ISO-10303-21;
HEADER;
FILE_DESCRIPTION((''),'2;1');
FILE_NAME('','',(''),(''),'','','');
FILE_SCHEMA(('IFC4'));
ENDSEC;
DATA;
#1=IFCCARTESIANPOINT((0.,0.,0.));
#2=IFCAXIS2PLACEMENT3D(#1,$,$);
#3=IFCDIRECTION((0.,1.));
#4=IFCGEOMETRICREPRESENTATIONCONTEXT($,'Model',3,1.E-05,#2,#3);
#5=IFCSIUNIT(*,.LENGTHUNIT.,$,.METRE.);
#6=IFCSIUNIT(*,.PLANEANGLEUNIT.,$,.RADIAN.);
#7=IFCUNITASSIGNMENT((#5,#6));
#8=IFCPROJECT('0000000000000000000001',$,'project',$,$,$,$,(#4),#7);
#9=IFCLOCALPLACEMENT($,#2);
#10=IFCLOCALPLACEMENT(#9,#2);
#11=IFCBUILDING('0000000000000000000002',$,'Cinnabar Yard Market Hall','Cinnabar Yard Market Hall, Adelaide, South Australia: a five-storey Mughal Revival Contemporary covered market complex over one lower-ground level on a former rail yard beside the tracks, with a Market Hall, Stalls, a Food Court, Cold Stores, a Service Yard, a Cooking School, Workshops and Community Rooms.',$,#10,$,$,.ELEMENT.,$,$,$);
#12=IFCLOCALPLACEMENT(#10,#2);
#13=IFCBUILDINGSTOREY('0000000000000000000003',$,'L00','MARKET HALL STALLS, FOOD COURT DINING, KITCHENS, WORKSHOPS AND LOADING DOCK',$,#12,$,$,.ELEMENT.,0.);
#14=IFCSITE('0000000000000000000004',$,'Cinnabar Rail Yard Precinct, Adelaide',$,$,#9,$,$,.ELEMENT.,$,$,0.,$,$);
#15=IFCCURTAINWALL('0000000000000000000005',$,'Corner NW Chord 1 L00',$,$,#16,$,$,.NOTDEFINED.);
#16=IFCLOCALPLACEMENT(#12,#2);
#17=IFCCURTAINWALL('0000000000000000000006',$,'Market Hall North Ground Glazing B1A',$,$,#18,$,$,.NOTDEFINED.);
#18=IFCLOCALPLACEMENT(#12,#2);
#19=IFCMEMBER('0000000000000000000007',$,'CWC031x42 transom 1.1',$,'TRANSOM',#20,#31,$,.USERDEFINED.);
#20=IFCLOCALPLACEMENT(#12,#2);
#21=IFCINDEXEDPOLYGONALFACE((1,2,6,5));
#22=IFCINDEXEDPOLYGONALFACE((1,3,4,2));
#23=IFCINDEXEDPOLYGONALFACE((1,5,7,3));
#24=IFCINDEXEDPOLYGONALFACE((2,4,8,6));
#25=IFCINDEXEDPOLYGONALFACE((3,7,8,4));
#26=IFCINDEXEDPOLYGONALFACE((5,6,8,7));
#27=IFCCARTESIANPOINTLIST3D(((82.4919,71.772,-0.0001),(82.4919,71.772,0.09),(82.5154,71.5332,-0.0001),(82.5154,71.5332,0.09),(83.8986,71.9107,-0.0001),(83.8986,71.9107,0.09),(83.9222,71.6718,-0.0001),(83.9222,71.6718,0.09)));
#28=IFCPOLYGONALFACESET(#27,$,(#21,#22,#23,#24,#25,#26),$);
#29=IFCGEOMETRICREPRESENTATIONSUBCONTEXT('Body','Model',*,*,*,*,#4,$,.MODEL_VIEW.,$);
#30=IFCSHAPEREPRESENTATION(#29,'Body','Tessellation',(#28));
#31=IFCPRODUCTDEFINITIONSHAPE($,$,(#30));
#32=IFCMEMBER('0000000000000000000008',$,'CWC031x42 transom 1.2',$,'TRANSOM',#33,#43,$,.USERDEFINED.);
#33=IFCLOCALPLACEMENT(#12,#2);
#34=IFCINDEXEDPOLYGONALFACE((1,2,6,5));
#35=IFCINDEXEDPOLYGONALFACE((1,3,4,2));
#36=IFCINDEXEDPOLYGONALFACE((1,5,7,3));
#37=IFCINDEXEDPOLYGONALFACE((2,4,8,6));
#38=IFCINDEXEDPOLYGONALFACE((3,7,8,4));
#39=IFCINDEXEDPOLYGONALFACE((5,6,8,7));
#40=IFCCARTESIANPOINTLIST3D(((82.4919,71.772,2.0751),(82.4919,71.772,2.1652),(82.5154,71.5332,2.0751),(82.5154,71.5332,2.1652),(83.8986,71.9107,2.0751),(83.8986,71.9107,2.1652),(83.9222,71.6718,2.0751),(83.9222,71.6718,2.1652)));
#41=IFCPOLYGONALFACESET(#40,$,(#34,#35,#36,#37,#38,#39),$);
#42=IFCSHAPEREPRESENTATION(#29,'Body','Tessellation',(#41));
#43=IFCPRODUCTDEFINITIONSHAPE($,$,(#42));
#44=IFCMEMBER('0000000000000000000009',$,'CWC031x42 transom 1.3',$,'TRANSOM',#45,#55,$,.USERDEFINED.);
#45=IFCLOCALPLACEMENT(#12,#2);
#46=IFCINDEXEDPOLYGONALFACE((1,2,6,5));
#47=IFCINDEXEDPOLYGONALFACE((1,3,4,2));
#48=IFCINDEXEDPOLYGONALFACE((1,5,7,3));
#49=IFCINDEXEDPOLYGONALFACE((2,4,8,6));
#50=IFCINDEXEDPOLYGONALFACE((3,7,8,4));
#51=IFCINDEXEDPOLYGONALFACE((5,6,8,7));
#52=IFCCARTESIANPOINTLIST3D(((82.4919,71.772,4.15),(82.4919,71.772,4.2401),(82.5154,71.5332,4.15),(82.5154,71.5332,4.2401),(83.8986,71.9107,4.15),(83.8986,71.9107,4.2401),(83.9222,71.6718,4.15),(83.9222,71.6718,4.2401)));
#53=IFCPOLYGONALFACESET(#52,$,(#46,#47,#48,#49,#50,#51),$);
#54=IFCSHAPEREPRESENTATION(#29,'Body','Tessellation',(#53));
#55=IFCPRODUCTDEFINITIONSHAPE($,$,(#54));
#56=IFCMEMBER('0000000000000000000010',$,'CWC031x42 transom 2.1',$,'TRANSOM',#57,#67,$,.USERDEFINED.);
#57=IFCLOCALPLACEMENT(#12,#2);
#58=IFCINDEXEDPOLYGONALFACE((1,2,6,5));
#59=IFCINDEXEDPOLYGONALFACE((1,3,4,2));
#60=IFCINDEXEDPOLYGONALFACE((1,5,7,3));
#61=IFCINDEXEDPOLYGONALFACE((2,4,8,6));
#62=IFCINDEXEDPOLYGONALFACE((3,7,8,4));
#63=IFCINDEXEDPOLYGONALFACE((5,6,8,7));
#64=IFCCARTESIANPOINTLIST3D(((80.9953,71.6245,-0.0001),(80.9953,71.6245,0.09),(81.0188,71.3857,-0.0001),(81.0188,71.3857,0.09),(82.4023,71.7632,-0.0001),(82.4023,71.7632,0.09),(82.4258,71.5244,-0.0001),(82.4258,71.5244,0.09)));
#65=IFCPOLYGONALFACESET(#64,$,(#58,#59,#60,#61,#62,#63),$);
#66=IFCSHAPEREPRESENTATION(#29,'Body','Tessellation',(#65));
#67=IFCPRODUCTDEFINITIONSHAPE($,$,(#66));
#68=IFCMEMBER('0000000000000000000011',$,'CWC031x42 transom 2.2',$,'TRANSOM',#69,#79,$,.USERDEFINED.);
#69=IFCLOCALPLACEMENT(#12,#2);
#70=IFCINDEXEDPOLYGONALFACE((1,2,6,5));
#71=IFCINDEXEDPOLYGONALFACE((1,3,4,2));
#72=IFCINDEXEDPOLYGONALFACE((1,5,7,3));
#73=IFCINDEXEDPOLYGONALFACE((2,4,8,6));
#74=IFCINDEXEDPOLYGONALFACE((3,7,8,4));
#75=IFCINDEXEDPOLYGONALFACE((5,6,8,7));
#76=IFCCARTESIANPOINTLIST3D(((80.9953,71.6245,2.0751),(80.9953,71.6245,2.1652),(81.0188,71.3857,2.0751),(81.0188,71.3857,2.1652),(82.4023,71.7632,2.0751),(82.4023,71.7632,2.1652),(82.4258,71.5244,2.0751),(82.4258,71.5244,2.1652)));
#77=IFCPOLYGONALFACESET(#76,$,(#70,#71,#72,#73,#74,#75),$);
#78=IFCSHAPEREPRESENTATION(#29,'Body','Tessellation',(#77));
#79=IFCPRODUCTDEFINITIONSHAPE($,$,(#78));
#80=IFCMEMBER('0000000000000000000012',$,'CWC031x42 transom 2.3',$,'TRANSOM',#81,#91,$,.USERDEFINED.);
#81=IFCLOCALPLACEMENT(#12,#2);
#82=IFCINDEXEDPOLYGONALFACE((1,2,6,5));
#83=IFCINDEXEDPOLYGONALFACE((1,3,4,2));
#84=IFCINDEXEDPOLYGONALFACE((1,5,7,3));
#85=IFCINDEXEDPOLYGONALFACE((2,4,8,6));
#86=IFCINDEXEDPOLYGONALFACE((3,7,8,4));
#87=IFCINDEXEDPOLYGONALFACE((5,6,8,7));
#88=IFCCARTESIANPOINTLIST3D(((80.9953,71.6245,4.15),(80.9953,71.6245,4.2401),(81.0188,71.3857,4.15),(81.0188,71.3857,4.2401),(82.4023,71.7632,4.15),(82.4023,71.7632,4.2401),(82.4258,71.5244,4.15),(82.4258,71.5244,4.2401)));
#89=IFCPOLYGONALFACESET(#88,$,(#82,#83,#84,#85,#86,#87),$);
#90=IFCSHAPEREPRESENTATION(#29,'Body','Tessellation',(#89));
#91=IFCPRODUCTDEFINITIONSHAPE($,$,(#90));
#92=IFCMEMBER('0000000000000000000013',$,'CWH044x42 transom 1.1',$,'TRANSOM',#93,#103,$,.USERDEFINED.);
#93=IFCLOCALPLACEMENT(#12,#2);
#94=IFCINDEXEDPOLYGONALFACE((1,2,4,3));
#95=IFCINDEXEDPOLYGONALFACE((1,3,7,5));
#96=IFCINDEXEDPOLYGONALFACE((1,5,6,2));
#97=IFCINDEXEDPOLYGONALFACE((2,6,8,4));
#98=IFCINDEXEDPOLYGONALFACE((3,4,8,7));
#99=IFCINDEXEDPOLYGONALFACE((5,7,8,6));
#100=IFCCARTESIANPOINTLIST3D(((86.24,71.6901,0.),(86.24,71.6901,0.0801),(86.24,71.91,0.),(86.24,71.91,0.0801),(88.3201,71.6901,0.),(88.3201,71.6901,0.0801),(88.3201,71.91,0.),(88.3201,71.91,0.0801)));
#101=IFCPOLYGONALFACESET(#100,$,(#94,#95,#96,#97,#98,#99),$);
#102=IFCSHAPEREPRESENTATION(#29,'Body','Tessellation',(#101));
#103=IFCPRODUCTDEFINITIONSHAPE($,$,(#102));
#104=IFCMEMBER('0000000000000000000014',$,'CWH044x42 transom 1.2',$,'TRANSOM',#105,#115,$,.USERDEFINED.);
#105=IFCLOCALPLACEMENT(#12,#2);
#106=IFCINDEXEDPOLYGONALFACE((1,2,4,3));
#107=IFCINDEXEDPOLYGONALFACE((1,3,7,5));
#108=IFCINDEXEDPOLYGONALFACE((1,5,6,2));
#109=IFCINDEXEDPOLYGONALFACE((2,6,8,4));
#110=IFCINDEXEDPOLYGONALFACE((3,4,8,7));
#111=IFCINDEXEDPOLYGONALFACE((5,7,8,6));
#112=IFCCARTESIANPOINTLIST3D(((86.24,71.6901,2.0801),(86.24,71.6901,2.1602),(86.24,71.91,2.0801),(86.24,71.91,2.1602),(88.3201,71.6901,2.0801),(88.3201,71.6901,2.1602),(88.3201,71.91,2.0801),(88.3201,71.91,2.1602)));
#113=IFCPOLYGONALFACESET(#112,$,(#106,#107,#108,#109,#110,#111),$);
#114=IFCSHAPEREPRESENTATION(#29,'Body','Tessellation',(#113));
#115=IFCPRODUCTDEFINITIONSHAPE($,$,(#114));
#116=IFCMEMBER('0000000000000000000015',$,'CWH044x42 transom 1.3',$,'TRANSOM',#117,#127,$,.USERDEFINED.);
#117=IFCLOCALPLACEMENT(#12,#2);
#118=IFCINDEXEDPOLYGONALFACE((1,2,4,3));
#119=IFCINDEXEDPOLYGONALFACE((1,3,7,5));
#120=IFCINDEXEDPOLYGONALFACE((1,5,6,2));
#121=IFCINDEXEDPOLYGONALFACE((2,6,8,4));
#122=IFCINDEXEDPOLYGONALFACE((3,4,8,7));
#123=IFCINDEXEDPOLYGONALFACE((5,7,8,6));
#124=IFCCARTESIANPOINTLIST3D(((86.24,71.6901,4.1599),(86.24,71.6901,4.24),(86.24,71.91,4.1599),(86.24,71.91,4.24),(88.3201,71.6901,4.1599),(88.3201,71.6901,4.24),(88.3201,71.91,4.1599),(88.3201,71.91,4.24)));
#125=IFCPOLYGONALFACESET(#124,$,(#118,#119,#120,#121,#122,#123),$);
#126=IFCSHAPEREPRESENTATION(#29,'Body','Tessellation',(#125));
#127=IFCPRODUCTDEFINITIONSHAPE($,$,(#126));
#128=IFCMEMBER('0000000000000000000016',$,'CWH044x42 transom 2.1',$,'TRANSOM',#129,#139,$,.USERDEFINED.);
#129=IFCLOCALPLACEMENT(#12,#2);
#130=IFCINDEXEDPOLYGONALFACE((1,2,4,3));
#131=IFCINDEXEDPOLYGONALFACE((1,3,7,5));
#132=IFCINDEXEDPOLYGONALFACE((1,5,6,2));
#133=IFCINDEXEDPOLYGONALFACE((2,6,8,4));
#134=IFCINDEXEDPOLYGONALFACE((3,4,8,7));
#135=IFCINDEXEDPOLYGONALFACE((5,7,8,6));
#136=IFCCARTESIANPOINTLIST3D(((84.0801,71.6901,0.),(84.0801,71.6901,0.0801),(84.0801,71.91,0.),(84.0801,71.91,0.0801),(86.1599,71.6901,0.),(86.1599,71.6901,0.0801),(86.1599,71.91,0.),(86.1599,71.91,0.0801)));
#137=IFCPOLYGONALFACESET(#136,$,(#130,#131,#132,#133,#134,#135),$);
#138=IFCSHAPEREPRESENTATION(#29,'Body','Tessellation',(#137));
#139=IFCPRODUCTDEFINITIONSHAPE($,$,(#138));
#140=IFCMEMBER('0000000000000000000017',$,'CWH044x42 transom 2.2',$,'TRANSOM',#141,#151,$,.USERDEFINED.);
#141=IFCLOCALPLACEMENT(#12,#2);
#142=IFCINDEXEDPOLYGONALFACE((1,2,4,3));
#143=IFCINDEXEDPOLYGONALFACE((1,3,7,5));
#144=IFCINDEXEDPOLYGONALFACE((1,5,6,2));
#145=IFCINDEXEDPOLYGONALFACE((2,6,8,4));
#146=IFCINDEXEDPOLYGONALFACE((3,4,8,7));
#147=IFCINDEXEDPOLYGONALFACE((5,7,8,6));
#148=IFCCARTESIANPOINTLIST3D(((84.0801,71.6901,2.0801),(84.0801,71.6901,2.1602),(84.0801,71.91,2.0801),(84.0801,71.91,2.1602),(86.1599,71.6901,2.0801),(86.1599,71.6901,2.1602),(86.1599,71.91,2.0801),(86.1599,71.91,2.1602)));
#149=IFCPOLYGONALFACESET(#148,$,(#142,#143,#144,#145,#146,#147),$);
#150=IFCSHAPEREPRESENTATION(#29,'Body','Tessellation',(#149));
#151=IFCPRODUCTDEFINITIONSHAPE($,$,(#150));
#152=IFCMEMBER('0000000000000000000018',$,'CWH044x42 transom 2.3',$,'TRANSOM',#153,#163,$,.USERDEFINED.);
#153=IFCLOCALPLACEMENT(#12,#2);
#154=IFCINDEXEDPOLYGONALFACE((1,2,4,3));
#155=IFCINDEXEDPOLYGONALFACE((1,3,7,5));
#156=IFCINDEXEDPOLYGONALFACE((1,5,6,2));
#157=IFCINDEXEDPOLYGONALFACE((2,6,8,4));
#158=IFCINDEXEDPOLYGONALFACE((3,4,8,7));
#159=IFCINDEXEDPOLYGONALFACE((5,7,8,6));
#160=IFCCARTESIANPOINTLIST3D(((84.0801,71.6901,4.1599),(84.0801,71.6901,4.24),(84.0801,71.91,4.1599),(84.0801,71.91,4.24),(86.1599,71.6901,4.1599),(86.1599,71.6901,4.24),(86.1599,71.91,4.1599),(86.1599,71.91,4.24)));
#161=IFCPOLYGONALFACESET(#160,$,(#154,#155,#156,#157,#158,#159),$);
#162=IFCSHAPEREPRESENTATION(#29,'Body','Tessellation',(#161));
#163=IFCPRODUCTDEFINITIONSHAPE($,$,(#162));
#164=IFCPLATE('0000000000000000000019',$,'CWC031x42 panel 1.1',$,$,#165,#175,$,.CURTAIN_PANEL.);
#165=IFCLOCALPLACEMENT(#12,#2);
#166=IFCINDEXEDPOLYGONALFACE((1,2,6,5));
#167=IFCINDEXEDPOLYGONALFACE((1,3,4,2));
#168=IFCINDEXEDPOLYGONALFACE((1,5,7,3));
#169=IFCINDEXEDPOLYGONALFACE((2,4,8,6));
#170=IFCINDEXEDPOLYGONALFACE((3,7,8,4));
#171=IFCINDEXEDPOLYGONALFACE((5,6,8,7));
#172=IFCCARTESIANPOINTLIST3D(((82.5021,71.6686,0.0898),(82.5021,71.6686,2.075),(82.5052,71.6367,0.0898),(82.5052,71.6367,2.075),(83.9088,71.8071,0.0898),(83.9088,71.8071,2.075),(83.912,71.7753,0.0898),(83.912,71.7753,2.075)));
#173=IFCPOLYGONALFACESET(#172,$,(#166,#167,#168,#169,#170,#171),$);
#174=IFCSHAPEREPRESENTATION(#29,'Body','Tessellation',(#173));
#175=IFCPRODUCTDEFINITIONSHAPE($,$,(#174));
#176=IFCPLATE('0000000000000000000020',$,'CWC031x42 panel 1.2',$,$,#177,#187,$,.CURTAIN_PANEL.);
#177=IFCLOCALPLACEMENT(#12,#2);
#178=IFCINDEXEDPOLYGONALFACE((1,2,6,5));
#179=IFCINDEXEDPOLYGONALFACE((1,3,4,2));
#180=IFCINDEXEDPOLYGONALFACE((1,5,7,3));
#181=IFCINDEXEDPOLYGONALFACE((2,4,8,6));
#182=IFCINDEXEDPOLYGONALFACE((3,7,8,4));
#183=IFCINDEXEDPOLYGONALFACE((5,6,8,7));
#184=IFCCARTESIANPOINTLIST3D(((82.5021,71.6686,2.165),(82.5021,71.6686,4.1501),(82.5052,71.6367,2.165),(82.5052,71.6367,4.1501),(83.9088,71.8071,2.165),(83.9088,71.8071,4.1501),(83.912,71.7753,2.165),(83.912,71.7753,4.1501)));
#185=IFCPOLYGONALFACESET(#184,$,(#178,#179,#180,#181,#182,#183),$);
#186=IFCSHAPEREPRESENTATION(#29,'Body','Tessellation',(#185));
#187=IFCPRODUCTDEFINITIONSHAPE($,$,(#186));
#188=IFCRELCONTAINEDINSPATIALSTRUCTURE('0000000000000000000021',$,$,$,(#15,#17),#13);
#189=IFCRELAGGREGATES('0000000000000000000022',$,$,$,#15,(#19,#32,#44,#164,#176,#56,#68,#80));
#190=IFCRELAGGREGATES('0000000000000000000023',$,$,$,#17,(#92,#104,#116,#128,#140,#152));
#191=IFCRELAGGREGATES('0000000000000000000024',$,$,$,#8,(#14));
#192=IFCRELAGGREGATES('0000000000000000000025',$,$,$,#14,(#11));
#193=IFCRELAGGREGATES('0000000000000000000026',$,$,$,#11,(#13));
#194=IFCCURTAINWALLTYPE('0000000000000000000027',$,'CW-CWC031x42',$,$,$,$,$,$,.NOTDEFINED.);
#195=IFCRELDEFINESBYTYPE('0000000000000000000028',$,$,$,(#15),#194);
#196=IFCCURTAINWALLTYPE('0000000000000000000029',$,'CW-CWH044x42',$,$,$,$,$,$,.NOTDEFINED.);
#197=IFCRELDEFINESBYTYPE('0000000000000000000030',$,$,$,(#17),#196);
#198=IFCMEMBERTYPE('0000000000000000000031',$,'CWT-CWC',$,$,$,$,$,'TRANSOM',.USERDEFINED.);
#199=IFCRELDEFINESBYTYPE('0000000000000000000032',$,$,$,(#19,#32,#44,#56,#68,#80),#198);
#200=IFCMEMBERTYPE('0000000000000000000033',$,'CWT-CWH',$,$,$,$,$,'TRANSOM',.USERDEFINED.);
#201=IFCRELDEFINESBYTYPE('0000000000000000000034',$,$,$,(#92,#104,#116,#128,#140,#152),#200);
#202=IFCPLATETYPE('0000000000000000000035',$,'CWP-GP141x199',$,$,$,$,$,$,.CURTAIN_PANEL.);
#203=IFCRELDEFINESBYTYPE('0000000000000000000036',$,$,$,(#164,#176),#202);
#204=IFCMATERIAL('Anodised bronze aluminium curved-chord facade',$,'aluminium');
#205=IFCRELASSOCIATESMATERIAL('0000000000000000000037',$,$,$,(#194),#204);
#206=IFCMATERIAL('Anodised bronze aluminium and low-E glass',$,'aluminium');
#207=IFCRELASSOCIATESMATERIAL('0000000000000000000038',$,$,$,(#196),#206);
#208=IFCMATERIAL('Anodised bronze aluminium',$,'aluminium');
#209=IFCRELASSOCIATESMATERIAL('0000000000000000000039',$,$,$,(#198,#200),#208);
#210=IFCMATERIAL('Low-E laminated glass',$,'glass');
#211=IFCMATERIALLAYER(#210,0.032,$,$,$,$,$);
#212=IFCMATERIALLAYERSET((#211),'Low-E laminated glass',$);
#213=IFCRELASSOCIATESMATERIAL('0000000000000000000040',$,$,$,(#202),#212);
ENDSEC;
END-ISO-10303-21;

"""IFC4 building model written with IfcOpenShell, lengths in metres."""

from ifc_helpers import new_model, si_unit, direction, frame, origin, origin_2d_with_axis, place, context, subcontext, project, spatial, rectangle, extrude, material, layer, layer_set, material_profile, profile_set, type_object, element, aggregate, save


model = new_model("IFC4")

# Units and contexts
model_context = context("Model", 3, precision=1e-05, world=origin(), true_north=direction((0.0, 1.0)))
body_context = subcontext(model_context, "Body", "Model", "MODEL_VIEW")
ifc_project = project(units=[si_unit("LENGTHUNIT", "METRE"), si_unit("PLANEANGLEUNIT", "RADIAN")], contexts=[model_context])

# Site, building, storey
site_placement = place(None, origin())
site = spatial("IfcSite", under=ifc_project, at=site_placement, Name="Cinnabar Rail Yard Precinct, Adelaide", CompositionType="ELEMENT", RefElevation=0.0)
building_placement = place(site_placement, origin())
building = spatial("IfcBuilding", under=site, at=building_placement, Name="Cinnabar Yard Market Hall", Description="Cinnabar Yard Market Hall, Adelaide, South Australia: a five-storey Mughal Revival Contemporary covered market complex over one lower-ground level on a former rail yard beside the tracks, with a Market Hall, Stalls, a Food Court, Cold Stores, a Service Yard, a Cooking School, Workshops and Community Rooms.", CompositionType="ELEMENT")
storey_placement = place(building_placement, origin())
storey = spatial("IfcBuildingStorey", under=building, at=storey_placement, Name="L00", Description="MARKET HALL STALLS, FOOD COURT DINING, KITCHENS, WORKSHOPS AND LOADING DOCK", CompositionType="ELEMENT", Elevation=0.0)

# Curtain walls
ifc_material_1 = material(Name="Anodised bronze aluminium curved-chord facade", Category="aluminium")
curtain_wall_type_1 = type_object("IfcCurtainWallType", Name="CW-CWC031x42", PredefinedType="NOTDEFINED", material=ifc_material_1)
curtain_wall_1_placement = place(storey_placement, origin())
curtain_wall_1 = element("IfcCurtainWall", 1, at=curtain_wall_1_placement, inside=storey, type_object=curtain_wall_type_1, Name="Corner NW Chord 1 L00", PredefinedType="NOTDEFINED")
ifc_material_2 = material(Name="Anodised bronze aluminium", Category="aluminium")
ifc_material_3 = material(Name="Anodised bronze aluminium and low-E glass", Category="aluminium")
curtain_wall_type_2 = type_object("IfcCurtainWallType", Name="CW-CWH044x42", PredefinedType="NOTDEFINED", material=ifc_material_3)
curtain_wall_2_placement = place(storey_placement, origin())
curtain_wall_2 = element("IfcCurtainWall", 2, at=curtain_wall_2_placement, inside=storey, type_object=curtain_wall_type_2, Name="Market Hall North Ground Glazing B1A", PredefinedType="NOTDEFINED")

# Members
ifc_material_profile_1 = material_profile(ifc_material_2, rectangle(XDim=0.24, YDim=0.0901, at=origin_2d_with_axis()), Name="TRN-CWC")
ifc_profile_set_1 = profile_set([ifc_material_profile_1], Name="Anodised bronze aluminium")
member_type_1 = type_object("IfcMemberType", Name="CWT-CWC", ElementType="TRANSOM", PredefinedType="USERDEFINED", material=ifc_profile_set_1)
member_1_placement = place(storey_placement, frame((83.9104, 71.7913, 0.0449), z_axis=(-0.995176, -0.098101, 0.0), x_axis=(0.098101, -0.995176, 0.0)))
member_1 = element("IfcMember", 3, at=member_1_placement, type_object=member_type_1, Name="CWC031x42 transom 1.1", ObjectType="TRANSOM", PredefinedType="USERDEFINED", context=body_context, shape_type="SweptSolid", body=[
    extrude(rectangle(XDim=0.24, YDim=0.0901, at=origin_2d_with_axis()), origin(), (0.0, 0.0, 1.0), 1.4136),
])
member_2_placement = place(storey_placement, frame((83.9104, 71.7913, 2.1201), z_axis=(-0.995176, -0.098101, 0.0), x_axis=(0.098101, -0.995176, 0.0)))
member_2 = element("IfcMember", 4, at=member_2_placement, type_object=member_type_1, Name="CWC031x42 transom 1.2", ObjectType="TRANSOM", PredefinedType="USERDEFINED", context=body_context, shape_type="SweptSolid", body=[
    extrude(rectangle(XDim=0.24, YDim=0.0901, at=origin_2d_with_axis()), origin(), (0.0, 0.0, 1.0), 1.4136),
])
member_3_placement = place(storey_placement, frame((83.9104, 71.7913, 4.1951), z_axis=(-0.995176, -0.098101, 0.0), x_axis=(0.098101, -0.995176, 0.0)))
member_3 = element("IfcMember", 5, at=member_3_placement, type_object=member_type_1, Name="CWC031x42 transom 1.3", ObjectType="TRANSOM", PredefinedType="USERDEFINED", context=body_context, shape_type="SweptSolid", body=[
    extrude(rectangle(XDim=0.24, YDim=0.0901, at=origin_2d_with_axis()), origin(), (0.0, 0.0, 1.0), 1.4136),
])
member_4_placement = place(storey_placement, frame((82.4141, 71.6438, 0.0449), z_axis=(-0.995178, -0.098085, 0.0), x_axis=(0.098085, -0.995178, 0.0)))
member_4 = element("IfcMember", 6, at=member_4_placement, type_object=member_type_1, Name="CWC031x42 transom 2.1", ObjectType="TRANSOM", PredefinedType="USERDEFINED", context=body_context, shape_type="SweptSolid", body=[
    extrude(rectangle(XDim=0.24, YDim=0.0901, at=origin_2d_with_axis()), origin(), (0.0, 0.0, 1.0), 1.4138),
])
member_5_placement = place(storey_placement, frame((82.4141, 71.6438, 2.1201), z_axis=(-0.995178, -0.098085, 0.0), x_axis=(0.098085, -0.995178, 0.0)))
member_5 = element("IfcMember", 7, at=member_5_placement, type_object=member_type_1, Name="CWC031x42 transom 2.2", ObjectType="TRANSOM", PredefinedType="USERDEFINED", context=body_context, shape_type="SweptSolid", body=[
    extrude(rectangle(XDim=0.24, YDim=0.0901, at=origin_2d_with_axis()), origin(), (0.0, 0.0, 1.0), 1.4138),
])
member_6_placement = place(storey_placement, frame((82.4141, 71.6438, 4.1951), z_axis=(-0.995178, -0.098085, 0.0), x_axis=(0.098085, -0.995178, 0.0)))
member_6 = element("IfcMember", 8, at=member_6_placement, type_object=member_type_1, Name="CWC031x42 transom 2.3", ObjectType="TRANSOM", PredefinedType="USERDEFINED", context=body_context, shape_type="SweptSolid", body=[
    extrude(rectangle(XDim=0.24, YDim=0.0901, at=origin_2d_with_axis()), origin(), (0.0, 0.0, 1.0), 1.4138),
])
ifc_material_profile_2 = material_profile(ifc_material_2, rectangle(XDim=0.22, YDim=0.0801, at=origin_2d_with_axis()), Name="TRN-CWH")
ifc_profile_set_2 = profile_set([ifc_material_profile_2], Name="Anodised bronze aluminium")
member_type_2 = type_object("IfcMemberType", Name="CWT-CWH", ElementType="TRANSOM", PredefinedType="USERDEFINED", material=ifc_profile_set_2)
member_7_placement = place(storey_placement, frame((88.3201, 71.8, 0.04), z_axis=(-1.0, 0.0, 0.0), x_axis=(0.0, -1.0, 0.0)))
member_7 = element("IfcMember", 9, at=member_7_placement, type_object=member_type_2, Name="CWH044x42 transom 1.1", ObjectType="TRANSOM", PredefinedType="USERDEFINED", context=body_context, shape_type="SweptSolid", body=[
    extrude(rectangle(XDim=0.22, YDim=0.0801, at=origin_2d_with_axis()), origin(), (0.0, 0.0, 1.0), 2.0801),
])
member_8_placement = place(storey_placement, frame((88.3201, 71.8, 2.1201), z_axis=(-1.0, 0.0, 0.0), x_axis=(0.0, -1.0, 0.0)))
member_8 = element("IfcMember", 10, at=member_8_placement, type_object=member_type_2, Name="CWH044x42 transom 1.2", ObjectType="TRANSOM", PredefinedType="USERDEFINED", context=body_context, shape_type="SweptSolid", body=[
    extrude(rectangle(XDim=0.22, YDim=0.0801, at=origin_2d_with_axis()), origin(), (0.0, 0.0, 1.0), 2.0801),
])
member_9_placement = place(storey_placement, frame((88.3201, 71.8, 4.2), z_axis=(-1.0, 0.0, 0.0), x_axis=(0.0, -1.0, 0.0)))
member_9 = element("IfcMember", 11, at=member_9_placement, type_object=member_type_2, Name="CWH044x42 transom 1.3", ObjectType="TRANSOM", PredefinedType="USERDEFINED", context=body_context, shape_type="SweptSolid", body=[
    extrude(rectangle(XDim=0.22, YDim=0.0801, at=origin_2d_with_axis()), origin(), (0.0, 0.0, 1.0), 2.0801),
])
member_10_placement = place(storey_placement, frame((86.1599, 71.8, 0.04), z_axis=(-1.0, 0.0, 0.0), x_axis=(0.0, -1.0, 0.0)))
member_10 = element("IfcMember", 12, at=member_10_placement, type_object=member_type_2, Name="CWH044x42 transom 2.1", ObjectType="TRANSOM", PredefinedType="USERDEFINED", context=body_context, shape_type="SweptSolid", body=[
    extrude(rectangle(XDim=0.22, YDim=0.0801, at=origin_2d_with_axis()), origin(), (0.0, 0.0, 1.0), 2.0798),
])
member_11_placement = place(storey_placement, frame((86.1599, 71.8, 2.1201), z_axis=(-1.0, 0.0, 0.0), x_axis=(0.0, -1.0, 0.0)))
member_11 = element("IfcMember", 13, at=member_11_placement, type_object=member_type_2, Name="CWH044x42 transom 2.2", ObjectType="TRANSOM", PredefinedType="USERDEFINED", context=body_context, shape_type="SweptSolid", body=[
    extrude(rectangle(XDim=0.22, YDim=0.0801, at=origin_2d_with_axis()), origin(), (0.0, 0.0, 1.0), 2.0798),
])
member_12_placement = place(storey_placement, frame((86.1599, 71.8, 4.2), z_axis=(-1.0, 0.0, 0.0), x_axis=(0.0, -1.0, 0.0)))
member_12 = element("IfcMember", 14, at=member_12_placement, type_object=member_type_2, Name="CWH044x42 transom 2.3", ObjectType="TRANSOM", PredefinedType="USERDEFINED", context=body_context, shape_type="SweptSolid", body=[
    extrude(rectangle(XDim=0.22, YDim=0.0801, at=origin_2d_with_axis()), origin(), (0.0, 0.0, 1.0), 2.0798),
])

# Plates
ifc_material_4 = material(Name="Low-E laminated glass", Category="glass")
ifc_layer_1 = layer(ifc_material_4, 0.032)
ifc_layer_set_1 = layer_set([ifc_layer_1], Name="Low-E laminated glass")
plate_type_1 = type_object("IfcPlateType", Name="CWP-GP141x199", PredefinedType="CURTAIN_PANEL", material=ifc_layer_set_1)
plate_1_placement = place(storey_placement, frame((83.207, 71.7219, 0.0898), z_axis=(0.0, 0.0, 1.0), x_axis=(-0.995184, -0.09802, 0.0)))
plate_1 = element("IfcPlate", 15, at=plate_1_placement, type_object=plate_type_1, Name="CWC031x42 panel 1.1", PredefinedType="CURTAIN_PANEL", context=body_context, shape_type="SweptSolid", body=[
    extrude(rectangle(XDim=1.4136, YDim=0.032, at=origin_2d_with_axis()), origin(), (0.0, 0.0, 1.0), 1.9851),
])
plate_2_placement = place(storey_placement, frame((83.207, 71.7219, 2.165), z_axis=(0.0, 0.0, 1.0), x_axis=(-0.995184, -0.09802, 0.0)))
plate_2 = element("IfcPlate", 16, at=plate_2_placement, type_object=plate_type_1, Name="CWC031x42 panel 1.2", PredefinedType="CURTAIN_PANEL", context=body_context, shape_type="SweptSolid", body=[
    extrude(rectangle(XDim=1.4136, YDim=0.032, at=origin_2d_with_axis()), origin(), (0.0, 0.0, 1.0), 1.9851),
])
aggregate(curtain_wall_1, [member_1, member_2, member_3, plate_1, plate_2, member_4, member_5, member_6])
aggregate(curtain_wall_2, [member_7, member_8, member_9, member_10, member_11, member_12])

save(model, "model.ifc")
